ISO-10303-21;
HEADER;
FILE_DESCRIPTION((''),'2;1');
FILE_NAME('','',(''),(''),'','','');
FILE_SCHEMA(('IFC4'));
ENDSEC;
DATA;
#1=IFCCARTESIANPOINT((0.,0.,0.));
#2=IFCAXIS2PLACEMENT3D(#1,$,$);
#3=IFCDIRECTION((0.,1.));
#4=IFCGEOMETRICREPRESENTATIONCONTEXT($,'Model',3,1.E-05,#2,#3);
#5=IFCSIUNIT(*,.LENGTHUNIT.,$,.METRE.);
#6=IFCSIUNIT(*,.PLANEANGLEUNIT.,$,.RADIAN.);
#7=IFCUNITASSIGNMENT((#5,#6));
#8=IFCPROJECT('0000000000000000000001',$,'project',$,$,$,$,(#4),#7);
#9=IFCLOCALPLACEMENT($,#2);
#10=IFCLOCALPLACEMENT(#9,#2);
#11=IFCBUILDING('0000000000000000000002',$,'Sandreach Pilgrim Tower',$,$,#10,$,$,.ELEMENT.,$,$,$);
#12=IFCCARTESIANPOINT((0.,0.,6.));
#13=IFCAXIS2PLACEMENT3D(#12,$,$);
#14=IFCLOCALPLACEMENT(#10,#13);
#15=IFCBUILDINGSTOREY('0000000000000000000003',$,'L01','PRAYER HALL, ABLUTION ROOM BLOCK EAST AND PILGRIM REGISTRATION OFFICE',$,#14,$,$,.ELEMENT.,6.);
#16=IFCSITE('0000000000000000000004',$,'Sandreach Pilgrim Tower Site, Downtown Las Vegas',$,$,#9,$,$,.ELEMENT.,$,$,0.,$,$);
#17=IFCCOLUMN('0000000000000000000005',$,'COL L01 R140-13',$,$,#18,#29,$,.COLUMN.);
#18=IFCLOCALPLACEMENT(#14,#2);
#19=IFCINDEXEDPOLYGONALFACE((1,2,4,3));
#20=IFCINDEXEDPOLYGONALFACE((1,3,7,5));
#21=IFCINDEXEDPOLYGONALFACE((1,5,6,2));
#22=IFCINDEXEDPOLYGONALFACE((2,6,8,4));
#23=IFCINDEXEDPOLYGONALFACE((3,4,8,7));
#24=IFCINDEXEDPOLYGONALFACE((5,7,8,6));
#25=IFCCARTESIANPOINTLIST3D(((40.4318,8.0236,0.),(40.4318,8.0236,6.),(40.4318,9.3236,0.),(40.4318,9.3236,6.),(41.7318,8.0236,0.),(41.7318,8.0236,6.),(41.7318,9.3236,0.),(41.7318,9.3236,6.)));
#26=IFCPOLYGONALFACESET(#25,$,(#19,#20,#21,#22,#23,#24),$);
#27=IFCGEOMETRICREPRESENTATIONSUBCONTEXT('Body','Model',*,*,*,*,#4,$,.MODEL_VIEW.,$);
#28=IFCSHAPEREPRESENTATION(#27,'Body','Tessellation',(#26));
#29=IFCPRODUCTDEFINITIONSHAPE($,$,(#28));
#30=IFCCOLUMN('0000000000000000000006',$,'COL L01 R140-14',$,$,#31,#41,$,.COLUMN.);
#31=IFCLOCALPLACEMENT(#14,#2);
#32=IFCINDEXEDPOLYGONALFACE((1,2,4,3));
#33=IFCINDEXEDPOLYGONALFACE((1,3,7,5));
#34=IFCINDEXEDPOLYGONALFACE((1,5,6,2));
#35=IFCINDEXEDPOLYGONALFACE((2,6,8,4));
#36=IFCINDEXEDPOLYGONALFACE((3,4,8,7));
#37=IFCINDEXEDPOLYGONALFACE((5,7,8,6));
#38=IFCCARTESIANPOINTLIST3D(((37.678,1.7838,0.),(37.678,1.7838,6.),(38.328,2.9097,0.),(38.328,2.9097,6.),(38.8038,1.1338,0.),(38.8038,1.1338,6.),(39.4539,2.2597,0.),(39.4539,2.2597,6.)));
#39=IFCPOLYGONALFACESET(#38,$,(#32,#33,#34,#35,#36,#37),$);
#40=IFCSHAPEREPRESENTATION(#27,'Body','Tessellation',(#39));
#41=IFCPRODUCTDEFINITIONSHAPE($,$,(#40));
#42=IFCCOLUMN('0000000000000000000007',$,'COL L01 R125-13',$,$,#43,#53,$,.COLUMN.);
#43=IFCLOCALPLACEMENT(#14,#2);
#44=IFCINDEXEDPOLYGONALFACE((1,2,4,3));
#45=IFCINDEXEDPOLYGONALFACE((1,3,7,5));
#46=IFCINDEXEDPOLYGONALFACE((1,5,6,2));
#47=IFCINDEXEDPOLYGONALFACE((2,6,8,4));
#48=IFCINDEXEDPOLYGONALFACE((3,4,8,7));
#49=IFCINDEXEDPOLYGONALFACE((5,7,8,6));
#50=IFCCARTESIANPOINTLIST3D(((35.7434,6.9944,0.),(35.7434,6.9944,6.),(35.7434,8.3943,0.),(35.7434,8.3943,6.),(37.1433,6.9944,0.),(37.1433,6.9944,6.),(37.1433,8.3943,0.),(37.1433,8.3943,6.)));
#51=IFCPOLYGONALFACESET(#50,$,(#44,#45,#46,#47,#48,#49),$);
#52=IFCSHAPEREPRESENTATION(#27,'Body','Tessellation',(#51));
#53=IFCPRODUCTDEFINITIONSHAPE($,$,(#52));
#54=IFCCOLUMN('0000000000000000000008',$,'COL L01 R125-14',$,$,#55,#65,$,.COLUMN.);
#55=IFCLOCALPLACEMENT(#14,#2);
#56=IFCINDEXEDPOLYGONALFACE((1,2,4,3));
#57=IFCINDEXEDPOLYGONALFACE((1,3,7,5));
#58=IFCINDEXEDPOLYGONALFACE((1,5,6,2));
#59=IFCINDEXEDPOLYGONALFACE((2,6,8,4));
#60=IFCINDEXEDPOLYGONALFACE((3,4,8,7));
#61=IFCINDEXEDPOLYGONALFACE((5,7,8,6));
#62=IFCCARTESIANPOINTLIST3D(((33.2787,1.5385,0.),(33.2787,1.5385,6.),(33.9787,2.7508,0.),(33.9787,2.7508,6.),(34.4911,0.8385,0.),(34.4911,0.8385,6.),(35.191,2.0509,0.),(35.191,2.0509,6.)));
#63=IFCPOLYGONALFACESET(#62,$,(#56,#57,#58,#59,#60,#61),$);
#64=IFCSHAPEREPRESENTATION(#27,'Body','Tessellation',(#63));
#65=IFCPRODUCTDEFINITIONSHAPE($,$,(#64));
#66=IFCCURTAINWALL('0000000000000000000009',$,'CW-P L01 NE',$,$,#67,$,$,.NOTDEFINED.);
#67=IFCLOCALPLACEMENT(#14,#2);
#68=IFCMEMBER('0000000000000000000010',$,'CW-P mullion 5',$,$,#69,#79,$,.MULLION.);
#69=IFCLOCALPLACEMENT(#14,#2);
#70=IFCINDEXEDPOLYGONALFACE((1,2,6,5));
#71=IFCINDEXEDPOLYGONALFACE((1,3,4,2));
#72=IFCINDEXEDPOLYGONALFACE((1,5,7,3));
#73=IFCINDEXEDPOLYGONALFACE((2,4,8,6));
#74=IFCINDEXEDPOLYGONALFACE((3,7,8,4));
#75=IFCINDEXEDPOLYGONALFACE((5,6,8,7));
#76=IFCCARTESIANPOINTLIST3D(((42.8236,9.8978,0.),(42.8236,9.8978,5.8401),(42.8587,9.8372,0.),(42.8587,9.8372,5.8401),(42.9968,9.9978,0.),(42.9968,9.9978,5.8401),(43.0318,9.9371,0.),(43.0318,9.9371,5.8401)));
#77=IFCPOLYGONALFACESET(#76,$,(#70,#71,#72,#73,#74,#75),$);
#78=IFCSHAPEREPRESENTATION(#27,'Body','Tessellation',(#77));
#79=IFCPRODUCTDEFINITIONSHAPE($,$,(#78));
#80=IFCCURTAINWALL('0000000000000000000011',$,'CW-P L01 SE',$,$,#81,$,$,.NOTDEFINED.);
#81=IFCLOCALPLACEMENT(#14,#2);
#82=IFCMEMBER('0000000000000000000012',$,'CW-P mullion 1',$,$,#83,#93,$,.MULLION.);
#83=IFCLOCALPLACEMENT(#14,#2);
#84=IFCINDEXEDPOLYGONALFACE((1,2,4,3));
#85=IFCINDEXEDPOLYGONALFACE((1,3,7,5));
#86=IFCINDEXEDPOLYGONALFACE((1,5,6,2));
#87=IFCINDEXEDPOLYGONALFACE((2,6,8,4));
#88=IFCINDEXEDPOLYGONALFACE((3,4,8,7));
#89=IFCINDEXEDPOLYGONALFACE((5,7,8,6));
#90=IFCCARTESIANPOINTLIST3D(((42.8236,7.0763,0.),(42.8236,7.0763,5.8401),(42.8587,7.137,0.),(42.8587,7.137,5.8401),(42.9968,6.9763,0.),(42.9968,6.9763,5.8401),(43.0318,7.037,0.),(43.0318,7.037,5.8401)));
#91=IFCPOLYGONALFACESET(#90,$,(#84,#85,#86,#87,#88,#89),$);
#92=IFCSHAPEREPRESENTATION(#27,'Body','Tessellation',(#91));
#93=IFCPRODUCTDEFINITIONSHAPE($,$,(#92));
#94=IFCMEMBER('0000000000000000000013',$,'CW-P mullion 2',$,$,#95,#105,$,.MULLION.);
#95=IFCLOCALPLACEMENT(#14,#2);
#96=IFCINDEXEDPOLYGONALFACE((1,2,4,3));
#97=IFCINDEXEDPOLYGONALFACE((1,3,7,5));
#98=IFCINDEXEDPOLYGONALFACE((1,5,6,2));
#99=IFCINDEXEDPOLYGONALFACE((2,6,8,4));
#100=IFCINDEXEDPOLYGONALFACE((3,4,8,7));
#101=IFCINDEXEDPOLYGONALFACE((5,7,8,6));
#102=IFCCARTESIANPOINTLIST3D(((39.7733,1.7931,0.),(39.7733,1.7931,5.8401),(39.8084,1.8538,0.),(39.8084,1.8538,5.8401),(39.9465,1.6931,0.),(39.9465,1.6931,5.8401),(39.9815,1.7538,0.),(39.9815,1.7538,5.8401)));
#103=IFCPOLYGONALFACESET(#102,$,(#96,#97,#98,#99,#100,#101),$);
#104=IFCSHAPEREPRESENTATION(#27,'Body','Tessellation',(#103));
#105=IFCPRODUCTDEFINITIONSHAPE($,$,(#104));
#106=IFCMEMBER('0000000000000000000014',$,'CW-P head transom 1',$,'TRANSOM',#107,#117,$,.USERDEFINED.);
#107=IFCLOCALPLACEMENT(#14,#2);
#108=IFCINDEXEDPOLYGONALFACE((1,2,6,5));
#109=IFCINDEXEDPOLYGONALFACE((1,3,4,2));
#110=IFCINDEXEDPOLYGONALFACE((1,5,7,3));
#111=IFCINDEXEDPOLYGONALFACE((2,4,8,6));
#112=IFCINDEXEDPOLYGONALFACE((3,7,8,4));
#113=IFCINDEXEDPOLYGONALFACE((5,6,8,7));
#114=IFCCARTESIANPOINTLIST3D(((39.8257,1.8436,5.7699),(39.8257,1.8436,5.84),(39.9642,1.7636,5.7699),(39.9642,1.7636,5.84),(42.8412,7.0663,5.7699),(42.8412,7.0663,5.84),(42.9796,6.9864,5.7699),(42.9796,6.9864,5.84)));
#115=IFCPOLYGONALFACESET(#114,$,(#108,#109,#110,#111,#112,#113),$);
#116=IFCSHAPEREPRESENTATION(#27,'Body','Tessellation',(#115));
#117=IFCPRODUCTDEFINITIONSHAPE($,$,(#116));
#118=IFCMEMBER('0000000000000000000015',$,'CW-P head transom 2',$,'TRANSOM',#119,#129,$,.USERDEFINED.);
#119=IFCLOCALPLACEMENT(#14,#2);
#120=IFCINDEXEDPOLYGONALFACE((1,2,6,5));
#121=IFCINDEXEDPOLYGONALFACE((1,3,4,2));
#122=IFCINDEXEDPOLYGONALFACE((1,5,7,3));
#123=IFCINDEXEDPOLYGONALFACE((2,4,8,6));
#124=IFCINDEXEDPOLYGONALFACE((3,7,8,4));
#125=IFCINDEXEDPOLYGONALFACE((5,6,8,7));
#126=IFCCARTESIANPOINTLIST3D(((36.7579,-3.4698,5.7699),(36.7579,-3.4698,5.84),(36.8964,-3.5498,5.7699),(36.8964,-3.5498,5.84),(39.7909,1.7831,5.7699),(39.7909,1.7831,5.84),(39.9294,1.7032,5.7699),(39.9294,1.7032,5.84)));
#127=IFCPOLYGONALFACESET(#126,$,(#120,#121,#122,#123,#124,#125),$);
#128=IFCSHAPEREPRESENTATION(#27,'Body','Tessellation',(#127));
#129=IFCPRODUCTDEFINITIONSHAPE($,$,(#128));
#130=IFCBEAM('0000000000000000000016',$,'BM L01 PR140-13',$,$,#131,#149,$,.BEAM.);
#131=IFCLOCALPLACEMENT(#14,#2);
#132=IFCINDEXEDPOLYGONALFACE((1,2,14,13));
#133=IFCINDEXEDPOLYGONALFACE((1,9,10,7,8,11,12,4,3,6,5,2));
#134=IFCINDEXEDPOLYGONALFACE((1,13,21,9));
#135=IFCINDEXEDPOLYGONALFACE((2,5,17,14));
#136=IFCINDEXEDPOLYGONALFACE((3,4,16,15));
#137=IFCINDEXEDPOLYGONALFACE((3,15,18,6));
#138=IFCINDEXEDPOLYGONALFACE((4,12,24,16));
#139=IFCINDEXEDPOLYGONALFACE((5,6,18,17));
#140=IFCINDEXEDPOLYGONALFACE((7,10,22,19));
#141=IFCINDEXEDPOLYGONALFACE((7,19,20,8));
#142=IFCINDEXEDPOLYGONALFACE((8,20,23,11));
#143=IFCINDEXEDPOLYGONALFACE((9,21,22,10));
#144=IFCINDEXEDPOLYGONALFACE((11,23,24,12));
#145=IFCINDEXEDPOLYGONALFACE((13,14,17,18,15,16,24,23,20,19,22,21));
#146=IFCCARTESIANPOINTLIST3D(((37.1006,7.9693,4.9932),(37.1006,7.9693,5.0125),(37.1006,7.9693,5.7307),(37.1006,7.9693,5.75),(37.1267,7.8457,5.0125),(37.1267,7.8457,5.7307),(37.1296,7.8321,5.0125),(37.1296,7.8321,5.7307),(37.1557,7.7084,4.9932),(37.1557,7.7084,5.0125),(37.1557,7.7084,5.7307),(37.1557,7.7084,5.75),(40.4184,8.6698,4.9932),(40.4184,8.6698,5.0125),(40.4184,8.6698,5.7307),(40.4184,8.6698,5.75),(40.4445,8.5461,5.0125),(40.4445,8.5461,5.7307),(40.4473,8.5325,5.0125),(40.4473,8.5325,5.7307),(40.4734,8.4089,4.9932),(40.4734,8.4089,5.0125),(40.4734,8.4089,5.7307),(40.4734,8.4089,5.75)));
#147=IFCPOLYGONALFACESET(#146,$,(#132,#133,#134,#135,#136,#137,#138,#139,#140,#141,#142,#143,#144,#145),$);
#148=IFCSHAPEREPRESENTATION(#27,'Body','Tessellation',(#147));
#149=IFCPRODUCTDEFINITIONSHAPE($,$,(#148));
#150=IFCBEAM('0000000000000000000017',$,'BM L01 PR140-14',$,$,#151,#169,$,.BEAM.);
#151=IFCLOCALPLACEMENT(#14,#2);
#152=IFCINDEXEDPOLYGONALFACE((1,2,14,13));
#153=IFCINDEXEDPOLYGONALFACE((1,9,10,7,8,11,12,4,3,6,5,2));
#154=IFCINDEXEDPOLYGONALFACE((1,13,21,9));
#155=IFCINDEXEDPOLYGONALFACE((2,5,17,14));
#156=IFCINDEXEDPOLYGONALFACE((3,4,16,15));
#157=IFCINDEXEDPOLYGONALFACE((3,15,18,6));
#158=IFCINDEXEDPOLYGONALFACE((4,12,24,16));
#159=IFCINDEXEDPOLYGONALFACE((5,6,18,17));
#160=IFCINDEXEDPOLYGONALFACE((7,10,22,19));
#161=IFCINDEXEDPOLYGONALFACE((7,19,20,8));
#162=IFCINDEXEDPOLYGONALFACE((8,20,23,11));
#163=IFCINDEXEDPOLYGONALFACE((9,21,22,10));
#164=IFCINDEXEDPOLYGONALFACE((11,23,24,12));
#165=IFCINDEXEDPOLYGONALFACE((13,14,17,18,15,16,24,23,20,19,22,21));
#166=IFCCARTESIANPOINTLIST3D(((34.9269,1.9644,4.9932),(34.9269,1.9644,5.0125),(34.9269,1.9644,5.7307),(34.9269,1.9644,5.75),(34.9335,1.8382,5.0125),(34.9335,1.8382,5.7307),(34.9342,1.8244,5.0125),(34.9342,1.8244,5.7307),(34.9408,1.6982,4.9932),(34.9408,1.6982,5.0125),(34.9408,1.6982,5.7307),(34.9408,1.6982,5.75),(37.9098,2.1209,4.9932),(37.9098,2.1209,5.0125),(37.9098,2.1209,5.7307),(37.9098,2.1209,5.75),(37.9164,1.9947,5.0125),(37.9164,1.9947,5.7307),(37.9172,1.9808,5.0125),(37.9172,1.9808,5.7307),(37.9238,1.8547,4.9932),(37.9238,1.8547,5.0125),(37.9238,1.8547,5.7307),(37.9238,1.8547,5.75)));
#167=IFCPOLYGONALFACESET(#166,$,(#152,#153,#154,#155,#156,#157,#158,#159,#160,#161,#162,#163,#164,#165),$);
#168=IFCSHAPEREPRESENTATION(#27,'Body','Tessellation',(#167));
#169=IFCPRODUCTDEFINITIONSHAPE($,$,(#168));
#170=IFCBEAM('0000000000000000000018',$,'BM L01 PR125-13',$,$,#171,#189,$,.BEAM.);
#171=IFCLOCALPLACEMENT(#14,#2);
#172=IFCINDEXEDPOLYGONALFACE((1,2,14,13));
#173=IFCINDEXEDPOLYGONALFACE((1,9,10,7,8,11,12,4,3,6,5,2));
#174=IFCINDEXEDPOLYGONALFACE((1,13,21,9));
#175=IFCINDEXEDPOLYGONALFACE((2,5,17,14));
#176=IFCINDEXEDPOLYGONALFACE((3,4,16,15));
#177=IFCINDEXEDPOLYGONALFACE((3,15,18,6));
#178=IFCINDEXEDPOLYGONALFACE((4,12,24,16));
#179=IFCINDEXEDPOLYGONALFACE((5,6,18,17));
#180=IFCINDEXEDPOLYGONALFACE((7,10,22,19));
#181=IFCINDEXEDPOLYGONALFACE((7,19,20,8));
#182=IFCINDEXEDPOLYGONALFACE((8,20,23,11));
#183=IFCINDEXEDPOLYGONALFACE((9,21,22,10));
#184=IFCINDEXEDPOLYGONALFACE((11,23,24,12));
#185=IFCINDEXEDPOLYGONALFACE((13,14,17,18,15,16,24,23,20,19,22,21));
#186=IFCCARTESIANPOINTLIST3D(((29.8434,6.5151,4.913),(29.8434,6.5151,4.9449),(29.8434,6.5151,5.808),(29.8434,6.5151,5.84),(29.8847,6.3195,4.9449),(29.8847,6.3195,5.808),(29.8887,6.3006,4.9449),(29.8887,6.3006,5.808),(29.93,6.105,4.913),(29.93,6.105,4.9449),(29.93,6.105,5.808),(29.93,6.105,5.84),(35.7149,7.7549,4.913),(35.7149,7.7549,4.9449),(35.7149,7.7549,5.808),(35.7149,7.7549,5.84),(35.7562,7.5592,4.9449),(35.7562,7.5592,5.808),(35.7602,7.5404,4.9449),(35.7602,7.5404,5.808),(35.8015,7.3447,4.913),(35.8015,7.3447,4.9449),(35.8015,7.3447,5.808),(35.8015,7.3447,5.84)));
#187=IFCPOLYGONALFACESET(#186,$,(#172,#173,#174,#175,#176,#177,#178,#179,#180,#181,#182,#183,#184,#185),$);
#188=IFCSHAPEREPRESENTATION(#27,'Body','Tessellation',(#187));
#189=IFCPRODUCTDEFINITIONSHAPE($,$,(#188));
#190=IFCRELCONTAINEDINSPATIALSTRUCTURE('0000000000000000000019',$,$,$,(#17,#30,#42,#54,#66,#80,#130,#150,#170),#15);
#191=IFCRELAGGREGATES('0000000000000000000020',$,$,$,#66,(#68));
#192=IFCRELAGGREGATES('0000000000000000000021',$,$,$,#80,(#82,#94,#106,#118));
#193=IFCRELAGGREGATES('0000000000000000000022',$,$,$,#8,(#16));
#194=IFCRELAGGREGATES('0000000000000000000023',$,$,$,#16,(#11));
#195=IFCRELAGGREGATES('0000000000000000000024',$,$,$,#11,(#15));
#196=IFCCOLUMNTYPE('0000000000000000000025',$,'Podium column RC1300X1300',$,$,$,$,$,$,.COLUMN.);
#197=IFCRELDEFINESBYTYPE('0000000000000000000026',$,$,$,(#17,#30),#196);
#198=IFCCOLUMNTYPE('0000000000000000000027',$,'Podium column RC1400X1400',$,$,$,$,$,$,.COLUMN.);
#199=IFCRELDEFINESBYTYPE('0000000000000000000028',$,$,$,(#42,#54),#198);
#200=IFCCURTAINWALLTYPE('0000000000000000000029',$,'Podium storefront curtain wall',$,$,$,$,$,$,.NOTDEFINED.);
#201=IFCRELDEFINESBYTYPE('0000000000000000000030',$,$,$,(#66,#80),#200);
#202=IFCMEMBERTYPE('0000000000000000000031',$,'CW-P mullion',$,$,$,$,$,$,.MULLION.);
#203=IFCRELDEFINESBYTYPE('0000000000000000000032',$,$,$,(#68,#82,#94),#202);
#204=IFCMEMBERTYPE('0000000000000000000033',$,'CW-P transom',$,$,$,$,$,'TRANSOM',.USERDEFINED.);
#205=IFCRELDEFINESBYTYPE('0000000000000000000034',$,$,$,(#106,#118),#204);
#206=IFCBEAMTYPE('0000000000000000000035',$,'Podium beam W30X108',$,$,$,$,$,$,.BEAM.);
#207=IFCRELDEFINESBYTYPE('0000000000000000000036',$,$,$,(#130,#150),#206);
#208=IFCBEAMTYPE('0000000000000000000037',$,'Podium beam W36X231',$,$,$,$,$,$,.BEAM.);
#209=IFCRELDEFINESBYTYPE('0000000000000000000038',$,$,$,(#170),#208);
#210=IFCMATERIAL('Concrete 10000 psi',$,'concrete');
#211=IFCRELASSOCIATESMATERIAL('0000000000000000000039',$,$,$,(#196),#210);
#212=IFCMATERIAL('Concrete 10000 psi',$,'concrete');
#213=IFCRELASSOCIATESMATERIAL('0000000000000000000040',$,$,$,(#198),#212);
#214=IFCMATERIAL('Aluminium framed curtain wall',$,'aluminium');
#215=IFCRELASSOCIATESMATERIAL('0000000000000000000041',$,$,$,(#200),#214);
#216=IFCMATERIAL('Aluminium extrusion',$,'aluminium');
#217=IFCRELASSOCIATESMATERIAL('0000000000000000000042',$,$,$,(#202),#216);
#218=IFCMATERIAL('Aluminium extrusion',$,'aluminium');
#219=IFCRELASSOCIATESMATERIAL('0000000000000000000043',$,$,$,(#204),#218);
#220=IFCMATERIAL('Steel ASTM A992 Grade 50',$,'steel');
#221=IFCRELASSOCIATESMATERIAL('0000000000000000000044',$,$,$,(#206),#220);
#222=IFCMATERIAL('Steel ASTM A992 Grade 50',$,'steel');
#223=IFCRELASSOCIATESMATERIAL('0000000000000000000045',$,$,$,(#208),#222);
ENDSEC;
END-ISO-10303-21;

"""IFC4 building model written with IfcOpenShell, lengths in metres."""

from ifc_helpers import new_model, si_unit, direction, frame, origin, origin_2d, place, context, subcontext, project, spatial, rectangle, i_section, extrude, material, material_profile, profile_set, type_object, element, aggregate, save


model = new_model("IFC4")

# Units and contexts
model_context = context("Model", 3, precision=1e-05, world=origin(), true_north=direction((0.0, 1.0)))
body_context = subcontext(model_context, "Body", "Model", "MODEL_VIEW")
ifc_project = project(units=[si_unit("LENGTHUNIT", "METRE"), si_unit("PLANEANGLEUNIT", "RADIAN")], contexts=[model_context])

# Site, building, storey
site_placement = place(None, origin())
site = spatial("IfcSite", under=ifc_project, at=site_placement, Name="Sandreach Pilgrim Tower Site, Downtown Las Vegas", CompositionType="ELEMENT", RefElevation=0.0)
building_placement = place(site_placement, origin())
building = spatial("IfcBuilding", under=site, at=building_placement, Name="Sandreach Pilgrim Tower", CompositionType="ELEMENT")
storey_placement = place(building_placement, frame((0.0, 0.0, 6.0)))
storey = spatial("IfcBuildingStorey", under=building, at=storey_placement, Name="L01", Description="PRAYER HALL, ABLUTION ROOM BLOCK EAST AND PILGRIM REGISTRATION OFFICE", CompositionType="ELEMENT", Elevation=6.0)

# Columns
ifc_material_1 = material(Name="Concrete 10000 psi", Category="concrete")
ifc_material_profile_1 = material_profile(ifc_material_1, rectangle(XDim=1.3, YDim=1.3, at=origin_2d()), Name="RC1300X1300")
ifc_profile_set_1 = profile_set([ifc_material_profile_1], Name="Concrete 10000 psi")
column_type_1 = type_object("IfcColumnType", Name="Podium column RC1300X1300", PredefinedType="COLUMN", material=ifc_profile_set_1)
for number, where, z_axis, x_axis, name in (
    (1, (41.0818, 8.6736, 0.0), (0.0, 0.0, 1.0), (1.0, 0.0, 0.0), "COL L01 R140-13"),
    (2, (38.5659, 2.0217, 0.0), (0.0, 0.0, 1.0), (0.866025, -0.5, 0.0), "COL L01 R140-14"),
):
    element("IfcColumn", number, at=place(storey_placement, frame(where, z_axis=z_axis, x_axis=x_axis)), inside=storey, type_object=column_type_1, Name=name, PredefinedType="COLUMN", context=body_context, shape_type="SweptSolid", body=[
        extrude(rectangle(XDim=1.3, YDim=1.3, at=origin_2d()), origin(), (0.0, 0.0, 1.0), 6.0),
    ])
ifc_material_2 = material(Name="Concrete 10000 psi", Category="concrete")
ifc_material_profile_2 = material_profile(ifc_material_2, rectangle(XDim=1.3999, YDim=1.3999, at=origin_2d()), Name="RC1400X1400")
ifc_profile_set_2 = profile_set([ifc_material_profile_2], Name="Concrete 10000 psi")
column_type_2 = type_object("IfcColumnType", Name="Podium column RC1400X1400", PredefinedType="COLUMN", material=ifc_profile_set_2)
for number, where, z_axis, x_axis, name in (
    (3, (36.4434, 7.6943, 0.0), (0.0, 0.0, 1.0), (1.0, 0.0, 0.0), "COL L01 R125-13"),
    (4, (34.2349, 1.7947, 0.0), (0.0, 0.0, 1.0), (0.866025, -0.5, 0.0), "COL L01 R125-14"),
):
    element("IfcColumn", number, at=place(storey_placement, frame(where, z_axis=z_axis, x_axis=x_axis)), inside=storey, type_object=column_type_2, Name=name, PredefinedType="COLUMN", context=body_context, shape_type="SweptSolid", body=[
        extrude(rectangle(XDim=1.3999, YDim=1.3999, at=origin_2d()), origin(), (0.0, 0.0, 1.0), 6.0),
    ])

# Curtain wall, member
ifc_material_3 = material(Name="Aluminium framed curtain wall", Category="aluminium")
curtain_wall_type = type_object("IfcCurtainWallType", Name="Podium storefront curtain wall", PredefinedType="NOTDEFINED", material=ifc_material_3)
curtain_wall_1_placement = place(storey_placement, origin())
curtain_wall_1 = element("IfcCurtainWall", 5, at=curtain_wall_1_placement, inside=storey, type_object=curtain_wall_type, Name="CW-P L01 NE", PredefinedType="NOTDEFINED")
ifc_material_4 = material(Name="Aluminium extrusion", Category="aluminium")
ifc_material_profile_3 = material_profile(ifc_material_4, rectangle(XDim=0.0701, YDim=0.2, at=origin_2d()), Name="CW-PM 70X200")
ifc_profile_set_3 = profile_set([ifc_material_profile_3], Name="Aluminium extrusion")
member_type_1 = type_object("IfcMemberType", Name="CW-P mullion", PredefinedType="MULLION", material=ifc_profile_set_3)
member_1_placement = place(storey_placement, frame((42.9277, 9.9175, 0.0), z_axis=(0.0, 0.0, 1.0), x_axis=(0.5, -0.866025, 0.0)))
member_1 = element("IfcMember", 6, at=member_1_placement, type_object=member_type_1, Name="CW-P mullion 5", PredefinedType="MULLION", context=body_context, shape_type="SweptSolid", body=[
    extrude(rectangle(XDim=0.0701, YDim=0.2, at=origin_2d()), origin(), (0.0, 0.0, 1.0), 5.8401),
])

# Curtain wall, members
curtain_wall_2_placement = place(storey_placement, origin())
curtain_wall_2 = element("IfcCurtainWall", 7, at=curtain_wall_2_placement, inside=storey, type_object=curtain_wall_type, Name="CW-P L01 SE", PredefinedType="NOTDEFINED")
member_2_placement = place(storey_placement, frame((42.9277, 7.0566, 0.0), z_axis=(0.0, 0.0, 1.0), x_axis=(-0.5, -0.866025, 0.0)))
member_2 = element("IfcMember", 8, at=member_2_placement, type_object=member_type_1, Name="CW-P mullion 1", PredefinedType="MULLION", context=body_context, shape_type="SweptSolid", body=[
    extrude(rectangle(XDim=0.0701, YDim=0.2, at=origin_2d()), origin(), (0.0, 0.0, 1.0), 5.8401),
])
member_3_placement = place(storey_placement, frame((39.8774, 1.7734, 0.0), z_axis=(0.0, 0.0, 1.0), x_axis=(-0.5, -0.866025, 0.0)))
member_3 = element("IfcMember", 9, at=member_3_placement, type_object=member_type_1, Name="CW-P mullion 2", PredefinedType="MULLION", context=body_context, shape_type="SweptSolid", body=[
    extrude(rectangle(XDim=0.0701, YDim=0.2, at=origin_2d()), origin(), (0.0, 0.0, 1.0), 5.8401),
])
ifc_material_5 = material(Name="Aluminium extrusion", Category="aluminium")
ifc_material_profile_4 = material_profile(ifc_material_5, rectangle(XDim=0.1599, YDim=0.0701, at=origin_2d()), Name="CW-PT 160X70")
ifc_profile_set_4 = profile_set([ifc_material_profile_4], Name="Aluminium extrusion")
member_type_2 = type_object("IfcMemberType", Name="CW-P transom", ElementType="TRANSOM", PredefinedType="USERDEFINED", material=ifc_profile_set_4)
member_4_placement = place(storey_placement, frame((42.9104, 7.0264, 5.8049), z_axis=(-0.50001, -0.86602, 0.0), x_axis=(0.86602, -0.50001, 0.0)))
member_4 = element("IfcMember", 10, at=member_4_placement, type_object=member_type_2, Name="CW-P head transom 1", ObjectType="TRANSOM", PredefinedType="USERDEFINED", context=body_context, shape_type="SweptSolid", body=[
    extrude(rectangle(XDim=0.1599, YDim=0.0701, at=origin_2d()), origin(), (0.0, 0.0, 1.0), 6.0308),
])
member_5_placement = place(storey_placement, frame((39.8601, 1.7432, 5.8049), z_axis=(-0.500022, -0.866013, 0.0), x_axis=(0.866013, -0.500022, 0.0)))
member_5 = element("IfcMember", 11, at=member_5_placement, type_object=member_type_2, Name="CW-P head transom 2", ObjectType="TRANSOM", PredefinedType="USERDEFINED", context=body_context, shape_type="SweptSolid", body=[
    extrude(rectangle(XDim=0.1599, YDim=0.0701, at=origin_2d()), origin(), (0.0, 0.0, 1.0), 6.0657),
])

# Beams
ifc_material_6 = material(Name="Steel ASTM A992 Grade 50", Category="steel")
ifc_material_profile_5 = material_profile(ifc_material_6, i_section(OverallWidth=0.2666, OverallDepth=0.7568, WebThickness=0.0139, FlangeThickness=0.0193, at=origin_2d()), Name="W30X108")
ifc_profile_set_5 = profile_set([ifc_material_profile_5], Name="Steel ASTM A992 Grade 50")
beam_type_1 = type_object("IfcBeamType", Name="Podium beam W30X108", PredefinedType="BEAM", material=ifc_profile_set_5)
beam_1_placement = place(storey_placement, frame((37.1282, 7.8389, 5.3716), z_axis=(0.978431, 0.206573, 0.0), x_axis=(-0.206573, 0.978431, 0.0)))
element("IfcBeam", 12, at=beam_1_placement, inside=storey, type_object=beam_type_1, Name="BM L01 PR140-13", PredefinedType="BEAM", context=body_context, shape_type="SweptSolid", body=[
    extrude(i_section(OverallWidth=0.2666, OverallDepth=0.7568, WebThickness=0.0139, FlangeThickness=0.0193, at=origin_2d()), origin(), (0.0, 0.0, 1.0), 3.3909),
])
beam_2_placement = place(storey_placement, frame((34.9338, 1.8313, 5.3716), z_axis=(0.998627, 0.052392, 0.0), x_axis=(-0.052392, 0.998627, 0.0)))
element("IfcBeam", 13, at=beam_2_placement, inside=storey, type_object=beam_type_1, Name="BM L01 PR140-14", PredefinedType="BEAM", context=body_context, shape_type="SweptSolid", body=[
    extrude(i_section(OverallWidth=0.2666, OverallDepth=0.7568, WebThickness=0.0139, FlangeThickness=0.0193, at=origin_2d()), origin(), (0.0, 0.0, 1.0), 2.9871),
])
ifc_material_7 = material(Name="Steel ASTM A992 Grade 50", Category="steel")
ifc_material_profile_6 = material_profile(ifc_material_7, i_section(OverallWidth=0.4192, OverallDepth=0.927, WebThickness=0.0193, FlangeThickness=0.032, at=origin_2d()), Name="W36X231")
ifc_profile_set_6 = profile_set([ifc_material_profile_6], Name="Steel ASTM A992 Grade 50")
beam_type_2 = type_object("IfcBeamType", Name="Podium beam W36X231", PredefinedType="BEAM", material=ifc_profile_set_6)
beam_3_placement = place(storey_placement, frame((29.8867, 6.3101, 5.3765), z_axis=(0.978428, 0.206589, 0.0), x_axis=(-0.206589, 0.978428, 0.0)))
element("IfcBeam", 14, at=beam_3_placement, inside=storey, type_object=beam_type_2, Name="BM L01 PR125-13", PredefinedType="BEAM", context=body_context, shape_type="SweptSolid", body=[
    extrude(i_section(OverallWidth=0.4192, OverallDepth=0.927, WebThickness=0.0193, FlangeThickness=0.032, at=origin_2d()), origin(), (0.0, 0.0, 1.0), 6.001),
])

aggregate(curtain_wall_1, [member_1])
aggregate(curtain_wall_2, [member_2, member_3, member_4, member_5])

save(model, "model.ifc")
